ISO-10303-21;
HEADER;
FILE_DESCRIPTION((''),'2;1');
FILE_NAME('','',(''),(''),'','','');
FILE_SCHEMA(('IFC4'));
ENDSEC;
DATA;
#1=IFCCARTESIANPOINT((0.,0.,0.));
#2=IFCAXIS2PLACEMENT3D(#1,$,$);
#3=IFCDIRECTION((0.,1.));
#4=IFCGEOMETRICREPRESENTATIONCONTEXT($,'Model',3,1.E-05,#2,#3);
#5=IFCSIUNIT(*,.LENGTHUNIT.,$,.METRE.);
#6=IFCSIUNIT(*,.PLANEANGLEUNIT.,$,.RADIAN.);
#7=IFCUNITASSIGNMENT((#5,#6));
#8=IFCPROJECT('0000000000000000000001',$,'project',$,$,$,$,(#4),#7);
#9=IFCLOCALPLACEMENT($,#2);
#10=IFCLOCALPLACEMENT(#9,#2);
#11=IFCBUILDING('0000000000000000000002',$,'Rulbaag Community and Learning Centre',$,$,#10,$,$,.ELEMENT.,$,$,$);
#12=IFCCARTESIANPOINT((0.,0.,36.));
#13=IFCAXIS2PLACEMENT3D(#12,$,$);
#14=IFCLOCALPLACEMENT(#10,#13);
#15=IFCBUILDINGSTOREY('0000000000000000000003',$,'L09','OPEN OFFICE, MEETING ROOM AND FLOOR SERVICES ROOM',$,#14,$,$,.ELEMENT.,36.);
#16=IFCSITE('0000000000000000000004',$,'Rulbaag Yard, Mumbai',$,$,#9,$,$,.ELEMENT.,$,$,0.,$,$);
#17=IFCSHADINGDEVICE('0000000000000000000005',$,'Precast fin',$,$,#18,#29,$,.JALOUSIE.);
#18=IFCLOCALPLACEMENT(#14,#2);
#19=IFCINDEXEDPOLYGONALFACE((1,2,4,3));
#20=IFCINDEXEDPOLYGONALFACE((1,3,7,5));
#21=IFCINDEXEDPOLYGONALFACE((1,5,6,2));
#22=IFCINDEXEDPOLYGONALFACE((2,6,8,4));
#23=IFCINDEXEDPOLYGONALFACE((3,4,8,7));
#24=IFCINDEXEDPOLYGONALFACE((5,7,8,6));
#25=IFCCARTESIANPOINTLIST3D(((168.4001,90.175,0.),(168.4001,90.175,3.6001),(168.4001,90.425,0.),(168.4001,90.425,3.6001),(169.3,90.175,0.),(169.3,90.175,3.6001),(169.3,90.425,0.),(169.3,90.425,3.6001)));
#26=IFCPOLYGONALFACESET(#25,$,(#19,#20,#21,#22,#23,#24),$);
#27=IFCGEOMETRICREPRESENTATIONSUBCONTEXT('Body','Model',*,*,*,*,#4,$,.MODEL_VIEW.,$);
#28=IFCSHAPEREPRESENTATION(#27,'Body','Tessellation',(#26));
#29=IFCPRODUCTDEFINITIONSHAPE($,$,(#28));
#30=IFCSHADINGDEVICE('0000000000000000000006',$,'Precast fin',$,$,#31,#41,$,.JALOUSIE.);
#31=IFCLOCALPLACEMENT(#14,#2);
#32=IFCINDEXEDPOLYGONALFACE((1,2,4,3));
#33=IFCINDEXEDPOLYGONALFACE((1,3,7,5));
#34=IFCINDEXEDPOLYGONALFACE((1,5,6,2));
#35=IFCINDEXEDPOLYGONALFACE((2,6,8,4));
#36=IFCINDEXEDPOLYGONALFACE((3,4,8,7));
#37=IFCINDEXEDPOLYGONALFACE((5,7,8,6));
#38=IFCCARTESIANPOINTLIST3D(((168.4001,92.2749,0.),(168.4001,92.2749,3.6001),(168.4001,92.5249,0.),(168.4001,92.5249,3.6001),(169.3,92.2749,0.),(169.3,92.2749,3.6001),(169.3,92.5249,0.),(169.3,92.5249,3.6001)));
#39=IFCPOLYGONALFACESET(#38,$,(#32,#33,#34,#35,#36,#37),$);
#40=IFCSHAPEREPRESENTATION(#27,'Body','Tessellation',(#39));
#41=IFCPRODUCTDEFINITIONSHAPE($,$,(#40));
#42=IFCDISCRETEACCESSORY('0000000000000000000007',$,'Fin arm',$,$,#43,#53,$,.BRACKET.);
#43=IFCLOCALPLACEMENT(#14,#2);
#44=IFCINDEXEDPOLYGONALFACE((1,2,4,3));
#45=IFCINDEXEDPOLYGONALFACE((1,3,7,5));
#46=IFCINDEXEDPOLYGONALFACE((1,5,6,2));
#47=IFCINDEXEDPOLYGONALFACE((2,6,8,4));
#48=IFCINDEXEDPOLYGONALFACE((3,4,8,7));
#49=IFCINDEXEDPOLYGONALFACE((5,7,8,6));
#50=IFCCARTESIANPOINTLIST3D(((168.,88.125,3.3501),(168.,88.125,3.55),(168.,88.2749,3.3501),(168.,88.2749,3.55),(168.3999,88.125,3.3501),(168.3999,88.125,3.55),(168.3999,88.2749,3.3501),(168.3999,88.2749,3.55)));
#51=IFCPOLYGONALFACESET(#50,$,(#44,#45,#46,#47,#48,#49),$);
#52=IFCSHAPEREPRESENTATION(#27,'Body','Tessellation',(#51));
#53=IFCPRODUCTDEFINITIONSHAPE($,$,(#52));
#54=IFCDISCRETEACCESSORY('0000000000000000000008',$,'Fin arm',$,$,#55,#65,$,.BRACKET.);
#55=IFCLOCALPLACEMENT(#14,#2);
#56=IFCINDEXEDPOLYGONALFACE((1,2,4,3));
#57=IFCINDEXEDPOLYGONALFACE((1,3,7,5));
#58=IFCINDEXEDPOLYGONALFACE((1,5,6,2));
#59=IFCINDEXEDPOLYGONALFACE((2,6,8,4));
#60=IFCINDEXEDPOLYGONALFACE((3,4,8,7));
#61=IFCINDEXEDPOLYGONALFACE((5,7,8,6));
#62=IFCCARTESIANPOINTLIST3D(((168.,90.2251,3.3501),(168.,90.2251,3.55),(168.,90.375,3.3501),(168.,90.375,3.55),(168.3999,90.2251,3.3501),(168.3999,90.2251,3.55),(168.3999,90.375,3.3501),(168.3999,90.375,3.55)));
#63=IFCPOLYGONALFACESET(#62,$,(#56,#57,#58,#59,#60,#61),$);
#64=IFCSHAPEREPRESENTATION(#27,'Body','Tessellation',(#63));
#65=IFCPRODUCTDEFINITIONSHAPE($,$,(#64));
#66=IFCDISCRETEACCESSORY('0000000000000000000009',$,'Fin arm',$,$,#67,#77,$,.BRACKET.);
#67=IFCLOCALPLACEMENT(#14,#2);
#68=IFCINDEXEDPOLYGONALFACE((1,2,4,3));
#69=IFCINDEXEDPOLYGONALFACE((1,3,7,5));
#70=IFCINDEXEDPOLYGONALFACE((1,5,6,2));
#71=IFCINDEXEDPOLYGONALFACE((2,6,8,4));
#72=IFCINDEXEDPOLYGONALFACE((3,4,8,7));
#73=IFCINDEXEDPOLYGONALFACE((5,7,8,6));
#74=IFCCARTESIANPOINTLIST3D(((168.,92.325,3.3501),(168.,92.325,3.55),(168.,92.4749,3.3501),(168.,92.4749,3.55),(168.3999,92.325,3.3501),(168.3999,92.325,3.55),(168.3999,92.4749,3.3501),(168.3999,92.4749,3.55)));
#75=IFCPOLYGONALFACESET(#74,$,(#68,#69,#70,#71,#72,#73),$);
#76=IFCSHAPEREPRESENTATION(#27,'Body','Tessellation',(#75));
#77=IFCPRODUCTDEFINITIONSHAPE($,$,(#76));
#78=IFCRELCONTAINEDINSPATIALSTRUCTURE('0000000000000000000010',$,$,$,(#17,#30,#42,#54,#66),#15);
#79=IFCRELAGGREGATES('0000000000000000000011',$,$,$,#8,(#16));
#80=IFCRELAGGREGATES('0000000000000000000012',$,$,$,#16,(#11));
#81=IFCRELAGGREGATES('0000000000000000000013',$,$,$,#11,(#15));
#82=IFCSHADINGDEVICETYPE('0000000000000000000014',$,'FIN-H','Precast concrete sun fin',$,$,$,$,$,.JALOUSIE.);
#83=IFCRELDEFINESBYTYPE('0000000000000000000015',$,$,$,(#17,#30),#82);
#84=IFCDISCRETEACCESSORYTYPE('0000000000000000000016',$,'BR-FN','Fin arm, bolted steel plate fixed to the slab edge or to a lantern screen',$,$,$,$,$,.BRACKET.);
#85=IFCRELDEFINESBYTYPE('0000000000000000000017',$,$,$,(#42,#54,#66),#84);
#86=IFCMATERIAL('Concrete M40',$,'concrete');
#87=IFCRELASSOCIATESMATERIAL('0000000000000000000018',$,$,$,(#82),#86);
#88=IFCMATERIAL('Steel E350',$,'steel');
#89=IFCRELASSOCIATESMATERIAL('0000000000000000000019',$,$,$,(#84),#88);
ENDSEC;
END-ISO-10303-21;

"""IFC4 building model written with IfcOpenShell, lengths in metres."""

from ifc_helpers import new_model, si_unit, direction, frame, origin, origin_2d, place, context, subcontext, project, spatial, rectangle, extrude, material, material_profile, profile_set, type_object, element, save


model = new_model("IFC4")

# Units and contexts
model_context = context("Model", 3, precision=1e-05, world=origin(), true_north=direction((0.0, 1.0)))
body_context = subcontext(model_context, "Body", "Model", "MODEL_VIEW")
ifc_project = project(units=[si_unit("LENGTHUNIT", "METRE"), si_unit("PLANEANGLEUNIT", "RADIAN")], contexts=[model_context])

# Site, building, storey
site_placement = place(None, origin())
site = spatial("IfcSite", under=ifc_project, at=site_placement, Name="Rulbaag Yard, Mumbai", CompositionType="ELEMENT", RefElevation=0.0)
building_placement = place(site_placement, origin())
building = spatial("IfcBuilding", under=site, at=building_placement, Name="Rulbaag Community and Learning Centre", CompositionType="ELEMENT")
storey_placement = place(building_placement, frame((0.0, 0.0, 36.0)))
storey = spatial("IfcBuildingStorey", under=building, at=storey_placement, Name="L09", Description="OPEN OFFICE, MEETING ROOM AND FLOOR SERVICES ROOM", CompositionType="ELEMENT", Elevation=36.0)

# Shading devices
ifc_material_1 = material(Name="Concrete M40", Category="concrete")
ifc_material_profile_1 = material_profile(ifc_material_1, rectangle(XDim=0.25, YDim=0.8999, at=origin_2d()), Name="PC 250x900")
ifc_profile_set_1 = profile_set([ifc_material_profile_1], Name="Concrete M40")
shading_device_type = type_object("IfcShadingDeviceType", Name="FIN-H", Description="Precast concrete sun fin", PredefinedType="JALOUSIE", material=ifc_profile_set_1)
for number, where, z_axis, x_axis, name in (
    (1, (168.8501, 90.3, 0.0), (0.0, 0.0, 1.0), (0.0, 1.0, 0.0), "Precast fin"),
    (2, (168.8501, 92.3999, 0.0), (0.0, 0.0, 1.0), (0.0, 1.0, 0.0), "Precast fin"),
):
    element("IfcShadingDevice", number, at=place(storey_placement, frame(where, z_axis=z_axis, x_axis=x_axis)), inside=storey, type_object=shading_device_type, Name=name, PredefinedType="JALOUSIE", context=body_context, shape_type="SweptSolid", body=[
        extrude(rectangle(XDim=0.25, YDim=0.8999, at=origin_2d()), origin(), (0.0, 0.0, 1.0), 3.6001),
    ])

# Discrete accessories
ifc_material_2 = material(Name="Steel E350", Category="steel")
discrete_accessory_type = type_object("IfcDiscreteAccessoryType", Name="BR-FN", Description="Fin arm, bolted steel plate fixed to the slab edge or to a lantern screen", PredefinedType="BRACKET", material=ifc_material_2)
for number, where, z_axis, x_axis, name in (
    (3, (168.2, 88.2, 3.3501), (0.0, 0.0, 1.0), (1.0, 0.0, 0.0), "Fin arm"),
    (4, (168.2, 90.3, 3.3501), (0.0, 0.0, 1.0), (1.0, 0.0, 0.0), "Fin arm"),
    (5, (168.2, 92.3999, 3.3501), (0.0, 0.0, 1.0), (1.0, 0.0, 0.0), "Fin arm"),
):
    element("IfcDiscreteAccessory", number, at=place(storey_placement, frame(where, z_axis=z_axis, x_axis=x_axis)), inside=storey, type_object=discrete_accessory_type, Name=name, PredefinedType="BRACKET", context=body_context, shape_type="SweptSolid", body=[
        extrude(rectangle(XDim=0.3999, YDim=0.1499, at=origin_2d()), origin(), (0.0, 0.0, 1.0), 0.2),
    ])

save(model, "model.ifc")
